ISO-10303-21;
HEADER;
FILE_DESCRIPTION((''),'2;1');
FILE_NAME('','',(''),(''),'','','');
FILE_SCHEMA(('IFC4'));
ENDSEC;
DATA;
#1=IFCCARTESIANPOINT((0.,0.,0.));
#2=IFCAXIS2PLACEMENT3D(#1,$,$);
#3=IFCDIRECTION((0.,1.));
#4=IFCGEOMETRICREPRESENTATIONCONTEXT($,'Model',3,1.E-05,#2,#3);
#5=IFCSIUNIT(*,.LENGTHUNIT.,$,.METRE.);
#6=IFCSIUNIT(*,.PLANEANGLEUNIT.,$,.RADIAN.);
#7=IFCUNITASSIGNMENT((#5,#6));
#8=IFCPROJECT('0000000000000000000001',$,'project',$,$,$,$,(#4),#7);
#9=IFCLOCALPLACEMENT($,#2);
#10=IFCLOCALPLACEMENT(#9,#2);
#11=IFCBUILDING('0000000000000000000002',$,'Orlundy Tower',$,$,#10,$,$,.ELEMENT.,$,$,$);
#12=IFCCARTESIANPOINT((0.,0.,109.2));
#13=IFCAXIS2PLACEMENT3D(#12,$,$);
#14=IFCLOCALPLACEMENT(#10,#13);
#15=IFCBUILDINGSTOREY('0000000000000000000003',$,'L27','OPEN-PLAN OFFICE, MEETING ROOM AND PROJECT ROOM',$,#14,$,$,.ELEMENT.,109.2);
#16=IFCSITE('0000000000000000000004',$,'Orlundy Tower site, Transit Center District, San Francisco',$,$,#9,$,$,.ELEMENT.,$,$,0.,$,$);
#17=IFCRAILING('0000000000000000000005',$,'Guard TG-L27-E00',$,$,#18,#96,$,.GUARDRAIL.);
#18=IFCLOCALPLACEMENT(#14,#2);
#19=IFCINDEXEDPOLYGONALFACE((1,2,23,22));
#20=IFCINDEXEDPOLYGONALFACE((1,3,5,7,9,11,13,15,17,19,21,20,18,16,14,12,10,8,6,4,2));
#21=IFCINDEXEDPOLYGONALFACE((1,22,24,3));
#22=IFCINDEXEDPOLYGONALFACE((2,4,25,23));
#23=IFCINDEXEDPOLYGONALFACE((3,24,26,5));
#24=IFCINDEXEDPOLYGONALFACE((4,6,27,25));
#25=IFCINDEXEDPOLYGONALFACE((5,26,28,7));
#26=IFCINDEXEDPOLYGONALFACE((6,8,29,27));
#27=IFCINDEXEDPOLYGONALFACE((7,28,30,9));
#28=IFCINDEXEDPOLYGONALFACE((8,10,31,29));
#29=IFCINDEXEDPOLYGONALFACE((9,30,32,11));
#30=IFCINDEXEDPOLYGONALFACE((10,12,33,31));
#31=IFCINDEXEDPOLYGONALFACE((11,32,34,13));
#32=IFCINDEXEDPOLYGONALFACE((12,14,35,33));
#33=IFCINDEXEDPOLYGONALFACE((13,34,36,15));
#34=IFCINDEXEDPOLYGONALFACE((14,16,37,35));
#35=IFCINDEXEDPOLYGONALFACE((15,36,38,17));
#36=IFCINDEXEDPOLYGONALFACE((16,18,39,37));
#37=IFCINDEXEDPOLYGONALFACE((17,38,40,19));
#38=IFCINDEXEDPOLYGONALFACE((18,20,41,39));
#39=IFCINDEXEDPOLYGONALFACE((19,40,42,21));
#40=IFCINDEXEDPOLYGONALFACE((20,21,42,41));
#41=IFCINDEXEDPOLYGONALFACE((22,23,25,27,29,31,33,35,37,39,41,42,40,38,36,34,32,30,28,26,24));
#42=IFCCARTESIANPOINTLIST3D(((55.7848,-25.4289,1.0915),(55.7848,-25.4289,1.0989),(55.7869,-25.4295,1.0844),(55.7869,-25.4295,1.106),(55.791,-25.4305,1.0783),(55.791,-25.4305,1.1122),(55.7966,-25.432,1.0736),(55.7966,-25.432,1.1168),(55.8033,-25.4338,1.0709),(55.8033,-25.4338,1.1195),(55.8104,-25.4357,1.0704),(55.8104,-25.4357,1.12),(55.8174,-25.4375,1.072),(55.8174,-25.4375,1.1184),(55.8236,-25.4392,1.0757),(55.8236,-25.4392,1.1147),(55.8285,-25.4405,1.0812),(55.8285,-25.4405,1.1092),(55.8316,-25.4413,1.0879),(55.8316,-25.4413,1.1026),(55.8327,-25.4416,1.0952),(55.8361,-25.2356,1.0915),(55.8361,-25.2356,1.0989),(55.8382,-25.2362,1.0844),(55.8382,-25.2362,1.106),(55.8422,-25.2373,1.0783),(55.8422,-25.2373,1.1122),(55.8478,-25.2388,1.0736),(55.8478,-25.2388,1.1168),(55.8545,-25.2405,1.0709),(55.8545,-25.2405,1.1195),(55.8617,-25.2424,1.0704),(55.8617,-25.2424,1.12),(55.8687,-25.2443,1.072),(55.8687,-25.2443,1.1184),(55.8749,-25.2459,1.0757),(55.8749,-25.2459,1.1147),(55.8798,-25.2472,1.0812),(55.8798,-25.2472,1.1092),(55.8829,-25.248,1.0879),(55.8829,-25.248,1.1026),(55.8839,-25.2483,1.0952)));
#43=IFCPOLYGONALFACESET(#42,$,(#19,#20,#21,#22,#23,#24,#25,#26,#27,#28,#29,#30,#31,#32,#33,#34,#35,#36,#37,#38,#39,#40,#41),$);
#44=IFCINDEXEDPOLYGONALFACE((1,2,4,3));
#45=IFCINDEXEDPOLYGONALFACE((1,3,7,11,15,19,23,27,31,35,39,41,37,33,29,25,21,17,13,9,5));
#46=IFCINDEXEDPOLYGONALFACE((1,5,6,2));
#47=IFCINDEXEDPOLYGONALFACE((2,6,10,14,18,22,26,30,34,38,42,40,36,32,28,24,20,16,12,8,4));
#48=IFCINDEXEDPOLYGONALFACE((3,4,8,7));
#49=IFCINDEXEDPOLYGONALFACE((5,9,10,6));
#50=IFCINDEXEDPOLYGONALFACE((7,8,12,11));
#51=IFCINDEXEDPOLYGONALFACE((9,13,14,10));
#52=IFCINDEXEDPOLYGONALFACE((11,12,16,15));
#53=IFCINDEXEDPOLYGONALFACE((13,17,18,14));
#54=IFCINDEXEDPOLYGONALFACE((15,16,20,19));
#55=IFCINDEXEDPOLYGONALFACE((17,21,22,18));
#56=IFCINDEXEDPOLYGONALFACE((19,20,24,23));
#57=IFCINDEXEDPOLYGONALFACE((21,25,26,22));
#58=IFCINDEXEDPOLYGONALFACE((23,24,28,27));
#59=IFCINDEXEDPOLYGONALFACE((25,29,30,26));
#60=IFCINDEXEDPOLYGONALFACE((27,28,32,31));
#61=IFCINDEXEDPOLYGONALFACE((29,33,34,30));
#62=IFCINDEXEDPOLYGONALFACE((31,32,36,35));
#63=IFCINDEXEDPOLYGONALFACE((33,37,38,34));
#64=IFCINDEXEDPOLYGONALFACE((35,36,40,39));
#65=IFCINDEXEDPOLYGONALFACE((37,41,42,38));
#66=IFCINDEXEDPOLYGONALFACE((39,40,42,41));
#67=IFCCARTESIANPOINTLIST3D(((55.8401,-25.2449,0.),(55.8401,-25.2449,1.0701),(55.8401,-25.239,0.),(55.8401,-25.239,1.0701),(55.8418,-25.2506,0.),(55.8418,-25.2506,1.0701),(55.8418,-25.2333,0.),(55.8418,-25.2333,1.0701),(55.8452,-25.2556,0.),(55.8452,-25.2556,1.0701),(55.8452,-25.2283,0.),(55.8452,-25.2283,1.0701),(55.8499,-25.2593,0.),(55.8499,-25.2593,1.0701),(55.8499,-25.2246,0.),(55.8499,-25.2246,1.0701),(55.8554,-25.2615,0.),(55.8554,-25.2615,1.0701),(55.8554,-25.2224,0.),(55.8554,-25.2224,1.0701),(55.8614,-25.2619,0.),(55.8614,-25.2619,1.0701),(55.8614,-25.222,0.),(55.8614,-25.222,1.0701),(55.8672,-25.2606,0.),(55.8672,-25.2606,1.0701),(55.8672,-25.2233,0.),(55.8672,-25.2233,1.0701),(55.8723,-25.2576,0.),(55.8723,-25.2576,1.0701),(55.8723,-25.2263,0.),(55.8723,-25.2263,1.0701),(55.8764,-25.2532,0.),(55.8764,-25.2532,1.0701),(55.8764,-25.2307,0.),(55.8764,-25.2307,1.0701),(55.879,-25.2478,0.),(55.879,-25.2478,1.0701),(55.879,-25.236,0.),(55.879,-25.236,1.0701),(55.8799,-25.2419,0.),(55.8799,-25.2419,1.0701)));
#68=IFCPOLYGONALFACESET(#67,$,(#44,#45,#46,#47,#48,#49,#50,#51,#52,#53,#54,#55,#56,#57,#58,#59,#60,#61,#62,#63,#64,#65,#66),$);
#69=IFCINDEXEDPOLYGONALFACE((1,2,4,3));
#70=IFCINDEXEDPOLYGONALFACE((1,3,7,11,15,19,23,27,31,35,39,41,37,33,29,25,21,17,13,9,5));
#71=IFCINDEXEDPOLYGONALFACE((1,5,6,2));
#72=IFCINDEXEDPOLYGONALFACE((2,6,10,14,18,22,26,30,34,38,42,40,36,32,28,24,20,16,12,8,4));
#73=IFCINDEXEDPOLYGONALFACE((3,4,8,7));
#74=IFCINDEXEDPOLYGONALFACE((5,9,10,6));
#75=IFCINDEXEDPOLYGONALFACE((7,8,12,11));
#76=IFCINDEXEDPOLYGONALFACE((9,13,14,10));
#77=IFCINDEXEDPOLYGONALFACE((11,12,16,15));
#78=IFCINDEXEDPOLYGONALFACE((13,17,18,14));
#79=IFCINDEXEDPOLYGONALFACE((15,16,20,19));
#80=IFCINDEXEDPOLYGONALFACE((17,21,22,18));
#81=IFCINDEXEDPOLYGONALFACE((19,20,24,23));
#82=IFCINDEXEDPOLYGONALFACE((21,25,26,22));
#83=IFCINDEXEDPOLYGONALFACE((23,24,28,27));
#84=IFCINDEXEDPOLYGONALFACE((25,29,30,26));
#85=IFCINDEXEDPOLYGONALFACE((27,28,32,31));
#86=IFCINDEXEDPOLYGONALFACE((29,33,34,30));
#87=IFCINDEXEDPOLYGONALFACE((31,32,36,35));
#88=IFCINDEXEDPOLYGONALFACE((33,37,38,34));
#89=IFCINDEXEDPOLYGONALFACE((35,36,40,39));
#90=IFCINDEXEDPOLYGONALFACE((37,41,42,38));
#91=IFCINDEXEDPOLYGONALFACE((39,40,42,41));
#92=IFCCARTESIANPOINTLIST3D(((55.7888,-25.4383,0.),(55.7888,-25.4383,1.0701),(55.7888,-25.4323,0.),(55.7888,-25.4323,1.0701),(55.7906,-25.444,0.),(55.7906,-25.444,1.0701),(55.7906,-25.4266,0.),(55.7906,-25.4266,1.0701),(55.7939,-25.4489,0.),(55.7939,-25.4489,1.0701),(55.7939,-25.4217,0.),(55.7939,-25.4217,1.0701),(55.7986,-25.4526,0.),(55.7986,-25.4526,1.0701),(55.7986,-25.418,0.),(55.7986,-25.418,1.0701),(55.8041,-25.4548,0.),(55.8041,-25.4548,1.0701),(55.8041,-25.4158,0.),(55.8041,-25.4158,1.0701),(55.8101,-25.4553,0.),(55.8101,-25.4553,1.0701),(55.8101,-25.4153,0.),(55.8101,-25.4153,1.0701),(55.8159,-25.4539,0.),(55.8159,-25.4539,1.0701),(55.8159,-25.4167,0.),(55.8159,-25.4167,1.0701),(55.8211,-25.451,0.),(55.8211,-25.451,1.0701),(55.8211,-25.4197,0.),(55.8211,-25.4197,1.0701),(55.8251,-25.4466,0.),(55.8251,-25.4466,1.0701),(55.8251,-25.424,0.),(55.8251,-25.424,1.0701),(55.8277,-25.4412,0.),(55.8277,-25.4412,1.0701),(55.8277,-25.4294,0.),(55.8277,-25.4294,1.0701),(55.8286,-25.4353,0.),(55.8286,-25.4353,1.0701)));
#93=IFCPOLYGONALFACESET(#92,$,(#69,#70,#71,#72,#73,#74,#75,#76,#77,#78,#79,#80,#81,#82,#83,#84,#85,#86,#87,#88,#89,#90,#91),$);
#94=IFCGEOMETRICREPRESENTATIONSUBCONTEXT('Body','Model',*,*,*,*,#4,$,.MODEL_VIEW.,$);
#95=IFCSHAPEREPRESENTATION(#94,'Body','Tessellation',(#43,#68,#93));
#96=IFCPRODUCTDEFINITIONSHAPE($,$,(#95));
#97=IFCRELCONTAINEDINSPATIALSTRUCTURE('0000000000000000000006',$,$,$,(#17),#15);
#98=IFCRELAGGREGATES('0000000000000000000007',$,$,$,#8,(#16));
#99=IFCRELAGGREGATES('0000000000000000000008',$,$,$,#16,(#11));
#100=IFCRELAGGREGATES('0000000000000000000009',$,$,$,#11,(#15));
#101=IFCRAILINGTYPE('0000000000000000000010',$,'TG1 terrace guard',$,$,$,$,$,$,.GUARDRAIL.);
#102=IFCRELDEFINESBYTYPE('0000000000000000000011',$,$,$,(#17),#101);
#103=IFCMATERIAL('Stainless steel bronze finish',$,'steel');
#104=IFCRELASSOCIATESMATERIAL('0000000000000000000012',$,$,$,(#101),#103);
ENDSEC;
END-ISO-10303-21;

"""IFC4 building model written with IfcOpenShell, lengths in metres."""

from ifc_helpers import new_model, si_unit, direction, frame, origin, origin_2d, place, context, subcontext, project, spatial, circle, extrude, material, type_object, element, save


model = new_model("IFC4")

# Units and contexts
model_context = context("Model", 3, precision=1e-05, world=origin(), true_north=direction((0.0, 1.0)))
body_context = subcontext(model_context, "Body", "Model", "MODEL_VIEW")
ifc_project = project(units=[si_unit("LENGTHUNIT", "METRE"), si_unit("PLANEANGLEUNIT", "RADIAN")], contexts=[model_context])

# Site, building, storey
site_placement = place(None, origin())
site = spatial("IfcSite", under=ifc_project, at=site_placement, Name="Orlundy Tower site, Transit Center District, San Francisco", CompositionType="ELEMENT", RefElevation=0.0)
building_placement = place(site_placement, origin())
building = spatial("IfcBuilding", under=site, at=building_placement, Name="Orlundy Tower", CompositionType="ELEMENT")
storey_placement = place(building_placement, frame((0.0, 0.0, 109.2)))
storey = spatial("IfcBuildingStorey", under=building, at=storey_placement, Name="L27", Description="OPEN-PLAN OFFICE, MEETING ROOM AND PROJECT ROOM", CompositionType="ELEMENT", Elevation=109.2)

# Railing
ifc_material_1 = material(Name="Stainless steel bronze finish", Category="steel")
railing_type = type_object("IfcRailingType", Name="TG1 terrace guard", PredefinedType="GUARDRAIL", material=ifc_material_1)
railing_placement = place(storey_placement, frame((55.8599, -25.2419, 0.0)))
element("IfcRailing", 1, at=railing_placement, inside=storey, type_object=railing_type, Name="Guard TG-L27-E00", PredefinedType="GUARDRAIL", context=body_context, shape_type="SweptSolid", body=[
    extrude(circle(Radius=0.0249, at=origin_2d()), frame((0.0, 0.0, 1.0952), z_axis=(-0.256295, -0.966599, 0.0), x_axis=(0.966599, -0.256295, 0.0)), (0.0, 0.0, 1.0), 0.2),
    extrude(circle(Radius=0.02, at=origin_2d()), origin(), (0.0, 0.0, 1.0), 1.0701),
    extrude(circle(Radius=0.02, at=origin_2d()), frame((-0.0513, -0.1934, 0.0)), (0.0, 0.0, 1.0), 1.0701),
])

save(model, "model.ifc")
